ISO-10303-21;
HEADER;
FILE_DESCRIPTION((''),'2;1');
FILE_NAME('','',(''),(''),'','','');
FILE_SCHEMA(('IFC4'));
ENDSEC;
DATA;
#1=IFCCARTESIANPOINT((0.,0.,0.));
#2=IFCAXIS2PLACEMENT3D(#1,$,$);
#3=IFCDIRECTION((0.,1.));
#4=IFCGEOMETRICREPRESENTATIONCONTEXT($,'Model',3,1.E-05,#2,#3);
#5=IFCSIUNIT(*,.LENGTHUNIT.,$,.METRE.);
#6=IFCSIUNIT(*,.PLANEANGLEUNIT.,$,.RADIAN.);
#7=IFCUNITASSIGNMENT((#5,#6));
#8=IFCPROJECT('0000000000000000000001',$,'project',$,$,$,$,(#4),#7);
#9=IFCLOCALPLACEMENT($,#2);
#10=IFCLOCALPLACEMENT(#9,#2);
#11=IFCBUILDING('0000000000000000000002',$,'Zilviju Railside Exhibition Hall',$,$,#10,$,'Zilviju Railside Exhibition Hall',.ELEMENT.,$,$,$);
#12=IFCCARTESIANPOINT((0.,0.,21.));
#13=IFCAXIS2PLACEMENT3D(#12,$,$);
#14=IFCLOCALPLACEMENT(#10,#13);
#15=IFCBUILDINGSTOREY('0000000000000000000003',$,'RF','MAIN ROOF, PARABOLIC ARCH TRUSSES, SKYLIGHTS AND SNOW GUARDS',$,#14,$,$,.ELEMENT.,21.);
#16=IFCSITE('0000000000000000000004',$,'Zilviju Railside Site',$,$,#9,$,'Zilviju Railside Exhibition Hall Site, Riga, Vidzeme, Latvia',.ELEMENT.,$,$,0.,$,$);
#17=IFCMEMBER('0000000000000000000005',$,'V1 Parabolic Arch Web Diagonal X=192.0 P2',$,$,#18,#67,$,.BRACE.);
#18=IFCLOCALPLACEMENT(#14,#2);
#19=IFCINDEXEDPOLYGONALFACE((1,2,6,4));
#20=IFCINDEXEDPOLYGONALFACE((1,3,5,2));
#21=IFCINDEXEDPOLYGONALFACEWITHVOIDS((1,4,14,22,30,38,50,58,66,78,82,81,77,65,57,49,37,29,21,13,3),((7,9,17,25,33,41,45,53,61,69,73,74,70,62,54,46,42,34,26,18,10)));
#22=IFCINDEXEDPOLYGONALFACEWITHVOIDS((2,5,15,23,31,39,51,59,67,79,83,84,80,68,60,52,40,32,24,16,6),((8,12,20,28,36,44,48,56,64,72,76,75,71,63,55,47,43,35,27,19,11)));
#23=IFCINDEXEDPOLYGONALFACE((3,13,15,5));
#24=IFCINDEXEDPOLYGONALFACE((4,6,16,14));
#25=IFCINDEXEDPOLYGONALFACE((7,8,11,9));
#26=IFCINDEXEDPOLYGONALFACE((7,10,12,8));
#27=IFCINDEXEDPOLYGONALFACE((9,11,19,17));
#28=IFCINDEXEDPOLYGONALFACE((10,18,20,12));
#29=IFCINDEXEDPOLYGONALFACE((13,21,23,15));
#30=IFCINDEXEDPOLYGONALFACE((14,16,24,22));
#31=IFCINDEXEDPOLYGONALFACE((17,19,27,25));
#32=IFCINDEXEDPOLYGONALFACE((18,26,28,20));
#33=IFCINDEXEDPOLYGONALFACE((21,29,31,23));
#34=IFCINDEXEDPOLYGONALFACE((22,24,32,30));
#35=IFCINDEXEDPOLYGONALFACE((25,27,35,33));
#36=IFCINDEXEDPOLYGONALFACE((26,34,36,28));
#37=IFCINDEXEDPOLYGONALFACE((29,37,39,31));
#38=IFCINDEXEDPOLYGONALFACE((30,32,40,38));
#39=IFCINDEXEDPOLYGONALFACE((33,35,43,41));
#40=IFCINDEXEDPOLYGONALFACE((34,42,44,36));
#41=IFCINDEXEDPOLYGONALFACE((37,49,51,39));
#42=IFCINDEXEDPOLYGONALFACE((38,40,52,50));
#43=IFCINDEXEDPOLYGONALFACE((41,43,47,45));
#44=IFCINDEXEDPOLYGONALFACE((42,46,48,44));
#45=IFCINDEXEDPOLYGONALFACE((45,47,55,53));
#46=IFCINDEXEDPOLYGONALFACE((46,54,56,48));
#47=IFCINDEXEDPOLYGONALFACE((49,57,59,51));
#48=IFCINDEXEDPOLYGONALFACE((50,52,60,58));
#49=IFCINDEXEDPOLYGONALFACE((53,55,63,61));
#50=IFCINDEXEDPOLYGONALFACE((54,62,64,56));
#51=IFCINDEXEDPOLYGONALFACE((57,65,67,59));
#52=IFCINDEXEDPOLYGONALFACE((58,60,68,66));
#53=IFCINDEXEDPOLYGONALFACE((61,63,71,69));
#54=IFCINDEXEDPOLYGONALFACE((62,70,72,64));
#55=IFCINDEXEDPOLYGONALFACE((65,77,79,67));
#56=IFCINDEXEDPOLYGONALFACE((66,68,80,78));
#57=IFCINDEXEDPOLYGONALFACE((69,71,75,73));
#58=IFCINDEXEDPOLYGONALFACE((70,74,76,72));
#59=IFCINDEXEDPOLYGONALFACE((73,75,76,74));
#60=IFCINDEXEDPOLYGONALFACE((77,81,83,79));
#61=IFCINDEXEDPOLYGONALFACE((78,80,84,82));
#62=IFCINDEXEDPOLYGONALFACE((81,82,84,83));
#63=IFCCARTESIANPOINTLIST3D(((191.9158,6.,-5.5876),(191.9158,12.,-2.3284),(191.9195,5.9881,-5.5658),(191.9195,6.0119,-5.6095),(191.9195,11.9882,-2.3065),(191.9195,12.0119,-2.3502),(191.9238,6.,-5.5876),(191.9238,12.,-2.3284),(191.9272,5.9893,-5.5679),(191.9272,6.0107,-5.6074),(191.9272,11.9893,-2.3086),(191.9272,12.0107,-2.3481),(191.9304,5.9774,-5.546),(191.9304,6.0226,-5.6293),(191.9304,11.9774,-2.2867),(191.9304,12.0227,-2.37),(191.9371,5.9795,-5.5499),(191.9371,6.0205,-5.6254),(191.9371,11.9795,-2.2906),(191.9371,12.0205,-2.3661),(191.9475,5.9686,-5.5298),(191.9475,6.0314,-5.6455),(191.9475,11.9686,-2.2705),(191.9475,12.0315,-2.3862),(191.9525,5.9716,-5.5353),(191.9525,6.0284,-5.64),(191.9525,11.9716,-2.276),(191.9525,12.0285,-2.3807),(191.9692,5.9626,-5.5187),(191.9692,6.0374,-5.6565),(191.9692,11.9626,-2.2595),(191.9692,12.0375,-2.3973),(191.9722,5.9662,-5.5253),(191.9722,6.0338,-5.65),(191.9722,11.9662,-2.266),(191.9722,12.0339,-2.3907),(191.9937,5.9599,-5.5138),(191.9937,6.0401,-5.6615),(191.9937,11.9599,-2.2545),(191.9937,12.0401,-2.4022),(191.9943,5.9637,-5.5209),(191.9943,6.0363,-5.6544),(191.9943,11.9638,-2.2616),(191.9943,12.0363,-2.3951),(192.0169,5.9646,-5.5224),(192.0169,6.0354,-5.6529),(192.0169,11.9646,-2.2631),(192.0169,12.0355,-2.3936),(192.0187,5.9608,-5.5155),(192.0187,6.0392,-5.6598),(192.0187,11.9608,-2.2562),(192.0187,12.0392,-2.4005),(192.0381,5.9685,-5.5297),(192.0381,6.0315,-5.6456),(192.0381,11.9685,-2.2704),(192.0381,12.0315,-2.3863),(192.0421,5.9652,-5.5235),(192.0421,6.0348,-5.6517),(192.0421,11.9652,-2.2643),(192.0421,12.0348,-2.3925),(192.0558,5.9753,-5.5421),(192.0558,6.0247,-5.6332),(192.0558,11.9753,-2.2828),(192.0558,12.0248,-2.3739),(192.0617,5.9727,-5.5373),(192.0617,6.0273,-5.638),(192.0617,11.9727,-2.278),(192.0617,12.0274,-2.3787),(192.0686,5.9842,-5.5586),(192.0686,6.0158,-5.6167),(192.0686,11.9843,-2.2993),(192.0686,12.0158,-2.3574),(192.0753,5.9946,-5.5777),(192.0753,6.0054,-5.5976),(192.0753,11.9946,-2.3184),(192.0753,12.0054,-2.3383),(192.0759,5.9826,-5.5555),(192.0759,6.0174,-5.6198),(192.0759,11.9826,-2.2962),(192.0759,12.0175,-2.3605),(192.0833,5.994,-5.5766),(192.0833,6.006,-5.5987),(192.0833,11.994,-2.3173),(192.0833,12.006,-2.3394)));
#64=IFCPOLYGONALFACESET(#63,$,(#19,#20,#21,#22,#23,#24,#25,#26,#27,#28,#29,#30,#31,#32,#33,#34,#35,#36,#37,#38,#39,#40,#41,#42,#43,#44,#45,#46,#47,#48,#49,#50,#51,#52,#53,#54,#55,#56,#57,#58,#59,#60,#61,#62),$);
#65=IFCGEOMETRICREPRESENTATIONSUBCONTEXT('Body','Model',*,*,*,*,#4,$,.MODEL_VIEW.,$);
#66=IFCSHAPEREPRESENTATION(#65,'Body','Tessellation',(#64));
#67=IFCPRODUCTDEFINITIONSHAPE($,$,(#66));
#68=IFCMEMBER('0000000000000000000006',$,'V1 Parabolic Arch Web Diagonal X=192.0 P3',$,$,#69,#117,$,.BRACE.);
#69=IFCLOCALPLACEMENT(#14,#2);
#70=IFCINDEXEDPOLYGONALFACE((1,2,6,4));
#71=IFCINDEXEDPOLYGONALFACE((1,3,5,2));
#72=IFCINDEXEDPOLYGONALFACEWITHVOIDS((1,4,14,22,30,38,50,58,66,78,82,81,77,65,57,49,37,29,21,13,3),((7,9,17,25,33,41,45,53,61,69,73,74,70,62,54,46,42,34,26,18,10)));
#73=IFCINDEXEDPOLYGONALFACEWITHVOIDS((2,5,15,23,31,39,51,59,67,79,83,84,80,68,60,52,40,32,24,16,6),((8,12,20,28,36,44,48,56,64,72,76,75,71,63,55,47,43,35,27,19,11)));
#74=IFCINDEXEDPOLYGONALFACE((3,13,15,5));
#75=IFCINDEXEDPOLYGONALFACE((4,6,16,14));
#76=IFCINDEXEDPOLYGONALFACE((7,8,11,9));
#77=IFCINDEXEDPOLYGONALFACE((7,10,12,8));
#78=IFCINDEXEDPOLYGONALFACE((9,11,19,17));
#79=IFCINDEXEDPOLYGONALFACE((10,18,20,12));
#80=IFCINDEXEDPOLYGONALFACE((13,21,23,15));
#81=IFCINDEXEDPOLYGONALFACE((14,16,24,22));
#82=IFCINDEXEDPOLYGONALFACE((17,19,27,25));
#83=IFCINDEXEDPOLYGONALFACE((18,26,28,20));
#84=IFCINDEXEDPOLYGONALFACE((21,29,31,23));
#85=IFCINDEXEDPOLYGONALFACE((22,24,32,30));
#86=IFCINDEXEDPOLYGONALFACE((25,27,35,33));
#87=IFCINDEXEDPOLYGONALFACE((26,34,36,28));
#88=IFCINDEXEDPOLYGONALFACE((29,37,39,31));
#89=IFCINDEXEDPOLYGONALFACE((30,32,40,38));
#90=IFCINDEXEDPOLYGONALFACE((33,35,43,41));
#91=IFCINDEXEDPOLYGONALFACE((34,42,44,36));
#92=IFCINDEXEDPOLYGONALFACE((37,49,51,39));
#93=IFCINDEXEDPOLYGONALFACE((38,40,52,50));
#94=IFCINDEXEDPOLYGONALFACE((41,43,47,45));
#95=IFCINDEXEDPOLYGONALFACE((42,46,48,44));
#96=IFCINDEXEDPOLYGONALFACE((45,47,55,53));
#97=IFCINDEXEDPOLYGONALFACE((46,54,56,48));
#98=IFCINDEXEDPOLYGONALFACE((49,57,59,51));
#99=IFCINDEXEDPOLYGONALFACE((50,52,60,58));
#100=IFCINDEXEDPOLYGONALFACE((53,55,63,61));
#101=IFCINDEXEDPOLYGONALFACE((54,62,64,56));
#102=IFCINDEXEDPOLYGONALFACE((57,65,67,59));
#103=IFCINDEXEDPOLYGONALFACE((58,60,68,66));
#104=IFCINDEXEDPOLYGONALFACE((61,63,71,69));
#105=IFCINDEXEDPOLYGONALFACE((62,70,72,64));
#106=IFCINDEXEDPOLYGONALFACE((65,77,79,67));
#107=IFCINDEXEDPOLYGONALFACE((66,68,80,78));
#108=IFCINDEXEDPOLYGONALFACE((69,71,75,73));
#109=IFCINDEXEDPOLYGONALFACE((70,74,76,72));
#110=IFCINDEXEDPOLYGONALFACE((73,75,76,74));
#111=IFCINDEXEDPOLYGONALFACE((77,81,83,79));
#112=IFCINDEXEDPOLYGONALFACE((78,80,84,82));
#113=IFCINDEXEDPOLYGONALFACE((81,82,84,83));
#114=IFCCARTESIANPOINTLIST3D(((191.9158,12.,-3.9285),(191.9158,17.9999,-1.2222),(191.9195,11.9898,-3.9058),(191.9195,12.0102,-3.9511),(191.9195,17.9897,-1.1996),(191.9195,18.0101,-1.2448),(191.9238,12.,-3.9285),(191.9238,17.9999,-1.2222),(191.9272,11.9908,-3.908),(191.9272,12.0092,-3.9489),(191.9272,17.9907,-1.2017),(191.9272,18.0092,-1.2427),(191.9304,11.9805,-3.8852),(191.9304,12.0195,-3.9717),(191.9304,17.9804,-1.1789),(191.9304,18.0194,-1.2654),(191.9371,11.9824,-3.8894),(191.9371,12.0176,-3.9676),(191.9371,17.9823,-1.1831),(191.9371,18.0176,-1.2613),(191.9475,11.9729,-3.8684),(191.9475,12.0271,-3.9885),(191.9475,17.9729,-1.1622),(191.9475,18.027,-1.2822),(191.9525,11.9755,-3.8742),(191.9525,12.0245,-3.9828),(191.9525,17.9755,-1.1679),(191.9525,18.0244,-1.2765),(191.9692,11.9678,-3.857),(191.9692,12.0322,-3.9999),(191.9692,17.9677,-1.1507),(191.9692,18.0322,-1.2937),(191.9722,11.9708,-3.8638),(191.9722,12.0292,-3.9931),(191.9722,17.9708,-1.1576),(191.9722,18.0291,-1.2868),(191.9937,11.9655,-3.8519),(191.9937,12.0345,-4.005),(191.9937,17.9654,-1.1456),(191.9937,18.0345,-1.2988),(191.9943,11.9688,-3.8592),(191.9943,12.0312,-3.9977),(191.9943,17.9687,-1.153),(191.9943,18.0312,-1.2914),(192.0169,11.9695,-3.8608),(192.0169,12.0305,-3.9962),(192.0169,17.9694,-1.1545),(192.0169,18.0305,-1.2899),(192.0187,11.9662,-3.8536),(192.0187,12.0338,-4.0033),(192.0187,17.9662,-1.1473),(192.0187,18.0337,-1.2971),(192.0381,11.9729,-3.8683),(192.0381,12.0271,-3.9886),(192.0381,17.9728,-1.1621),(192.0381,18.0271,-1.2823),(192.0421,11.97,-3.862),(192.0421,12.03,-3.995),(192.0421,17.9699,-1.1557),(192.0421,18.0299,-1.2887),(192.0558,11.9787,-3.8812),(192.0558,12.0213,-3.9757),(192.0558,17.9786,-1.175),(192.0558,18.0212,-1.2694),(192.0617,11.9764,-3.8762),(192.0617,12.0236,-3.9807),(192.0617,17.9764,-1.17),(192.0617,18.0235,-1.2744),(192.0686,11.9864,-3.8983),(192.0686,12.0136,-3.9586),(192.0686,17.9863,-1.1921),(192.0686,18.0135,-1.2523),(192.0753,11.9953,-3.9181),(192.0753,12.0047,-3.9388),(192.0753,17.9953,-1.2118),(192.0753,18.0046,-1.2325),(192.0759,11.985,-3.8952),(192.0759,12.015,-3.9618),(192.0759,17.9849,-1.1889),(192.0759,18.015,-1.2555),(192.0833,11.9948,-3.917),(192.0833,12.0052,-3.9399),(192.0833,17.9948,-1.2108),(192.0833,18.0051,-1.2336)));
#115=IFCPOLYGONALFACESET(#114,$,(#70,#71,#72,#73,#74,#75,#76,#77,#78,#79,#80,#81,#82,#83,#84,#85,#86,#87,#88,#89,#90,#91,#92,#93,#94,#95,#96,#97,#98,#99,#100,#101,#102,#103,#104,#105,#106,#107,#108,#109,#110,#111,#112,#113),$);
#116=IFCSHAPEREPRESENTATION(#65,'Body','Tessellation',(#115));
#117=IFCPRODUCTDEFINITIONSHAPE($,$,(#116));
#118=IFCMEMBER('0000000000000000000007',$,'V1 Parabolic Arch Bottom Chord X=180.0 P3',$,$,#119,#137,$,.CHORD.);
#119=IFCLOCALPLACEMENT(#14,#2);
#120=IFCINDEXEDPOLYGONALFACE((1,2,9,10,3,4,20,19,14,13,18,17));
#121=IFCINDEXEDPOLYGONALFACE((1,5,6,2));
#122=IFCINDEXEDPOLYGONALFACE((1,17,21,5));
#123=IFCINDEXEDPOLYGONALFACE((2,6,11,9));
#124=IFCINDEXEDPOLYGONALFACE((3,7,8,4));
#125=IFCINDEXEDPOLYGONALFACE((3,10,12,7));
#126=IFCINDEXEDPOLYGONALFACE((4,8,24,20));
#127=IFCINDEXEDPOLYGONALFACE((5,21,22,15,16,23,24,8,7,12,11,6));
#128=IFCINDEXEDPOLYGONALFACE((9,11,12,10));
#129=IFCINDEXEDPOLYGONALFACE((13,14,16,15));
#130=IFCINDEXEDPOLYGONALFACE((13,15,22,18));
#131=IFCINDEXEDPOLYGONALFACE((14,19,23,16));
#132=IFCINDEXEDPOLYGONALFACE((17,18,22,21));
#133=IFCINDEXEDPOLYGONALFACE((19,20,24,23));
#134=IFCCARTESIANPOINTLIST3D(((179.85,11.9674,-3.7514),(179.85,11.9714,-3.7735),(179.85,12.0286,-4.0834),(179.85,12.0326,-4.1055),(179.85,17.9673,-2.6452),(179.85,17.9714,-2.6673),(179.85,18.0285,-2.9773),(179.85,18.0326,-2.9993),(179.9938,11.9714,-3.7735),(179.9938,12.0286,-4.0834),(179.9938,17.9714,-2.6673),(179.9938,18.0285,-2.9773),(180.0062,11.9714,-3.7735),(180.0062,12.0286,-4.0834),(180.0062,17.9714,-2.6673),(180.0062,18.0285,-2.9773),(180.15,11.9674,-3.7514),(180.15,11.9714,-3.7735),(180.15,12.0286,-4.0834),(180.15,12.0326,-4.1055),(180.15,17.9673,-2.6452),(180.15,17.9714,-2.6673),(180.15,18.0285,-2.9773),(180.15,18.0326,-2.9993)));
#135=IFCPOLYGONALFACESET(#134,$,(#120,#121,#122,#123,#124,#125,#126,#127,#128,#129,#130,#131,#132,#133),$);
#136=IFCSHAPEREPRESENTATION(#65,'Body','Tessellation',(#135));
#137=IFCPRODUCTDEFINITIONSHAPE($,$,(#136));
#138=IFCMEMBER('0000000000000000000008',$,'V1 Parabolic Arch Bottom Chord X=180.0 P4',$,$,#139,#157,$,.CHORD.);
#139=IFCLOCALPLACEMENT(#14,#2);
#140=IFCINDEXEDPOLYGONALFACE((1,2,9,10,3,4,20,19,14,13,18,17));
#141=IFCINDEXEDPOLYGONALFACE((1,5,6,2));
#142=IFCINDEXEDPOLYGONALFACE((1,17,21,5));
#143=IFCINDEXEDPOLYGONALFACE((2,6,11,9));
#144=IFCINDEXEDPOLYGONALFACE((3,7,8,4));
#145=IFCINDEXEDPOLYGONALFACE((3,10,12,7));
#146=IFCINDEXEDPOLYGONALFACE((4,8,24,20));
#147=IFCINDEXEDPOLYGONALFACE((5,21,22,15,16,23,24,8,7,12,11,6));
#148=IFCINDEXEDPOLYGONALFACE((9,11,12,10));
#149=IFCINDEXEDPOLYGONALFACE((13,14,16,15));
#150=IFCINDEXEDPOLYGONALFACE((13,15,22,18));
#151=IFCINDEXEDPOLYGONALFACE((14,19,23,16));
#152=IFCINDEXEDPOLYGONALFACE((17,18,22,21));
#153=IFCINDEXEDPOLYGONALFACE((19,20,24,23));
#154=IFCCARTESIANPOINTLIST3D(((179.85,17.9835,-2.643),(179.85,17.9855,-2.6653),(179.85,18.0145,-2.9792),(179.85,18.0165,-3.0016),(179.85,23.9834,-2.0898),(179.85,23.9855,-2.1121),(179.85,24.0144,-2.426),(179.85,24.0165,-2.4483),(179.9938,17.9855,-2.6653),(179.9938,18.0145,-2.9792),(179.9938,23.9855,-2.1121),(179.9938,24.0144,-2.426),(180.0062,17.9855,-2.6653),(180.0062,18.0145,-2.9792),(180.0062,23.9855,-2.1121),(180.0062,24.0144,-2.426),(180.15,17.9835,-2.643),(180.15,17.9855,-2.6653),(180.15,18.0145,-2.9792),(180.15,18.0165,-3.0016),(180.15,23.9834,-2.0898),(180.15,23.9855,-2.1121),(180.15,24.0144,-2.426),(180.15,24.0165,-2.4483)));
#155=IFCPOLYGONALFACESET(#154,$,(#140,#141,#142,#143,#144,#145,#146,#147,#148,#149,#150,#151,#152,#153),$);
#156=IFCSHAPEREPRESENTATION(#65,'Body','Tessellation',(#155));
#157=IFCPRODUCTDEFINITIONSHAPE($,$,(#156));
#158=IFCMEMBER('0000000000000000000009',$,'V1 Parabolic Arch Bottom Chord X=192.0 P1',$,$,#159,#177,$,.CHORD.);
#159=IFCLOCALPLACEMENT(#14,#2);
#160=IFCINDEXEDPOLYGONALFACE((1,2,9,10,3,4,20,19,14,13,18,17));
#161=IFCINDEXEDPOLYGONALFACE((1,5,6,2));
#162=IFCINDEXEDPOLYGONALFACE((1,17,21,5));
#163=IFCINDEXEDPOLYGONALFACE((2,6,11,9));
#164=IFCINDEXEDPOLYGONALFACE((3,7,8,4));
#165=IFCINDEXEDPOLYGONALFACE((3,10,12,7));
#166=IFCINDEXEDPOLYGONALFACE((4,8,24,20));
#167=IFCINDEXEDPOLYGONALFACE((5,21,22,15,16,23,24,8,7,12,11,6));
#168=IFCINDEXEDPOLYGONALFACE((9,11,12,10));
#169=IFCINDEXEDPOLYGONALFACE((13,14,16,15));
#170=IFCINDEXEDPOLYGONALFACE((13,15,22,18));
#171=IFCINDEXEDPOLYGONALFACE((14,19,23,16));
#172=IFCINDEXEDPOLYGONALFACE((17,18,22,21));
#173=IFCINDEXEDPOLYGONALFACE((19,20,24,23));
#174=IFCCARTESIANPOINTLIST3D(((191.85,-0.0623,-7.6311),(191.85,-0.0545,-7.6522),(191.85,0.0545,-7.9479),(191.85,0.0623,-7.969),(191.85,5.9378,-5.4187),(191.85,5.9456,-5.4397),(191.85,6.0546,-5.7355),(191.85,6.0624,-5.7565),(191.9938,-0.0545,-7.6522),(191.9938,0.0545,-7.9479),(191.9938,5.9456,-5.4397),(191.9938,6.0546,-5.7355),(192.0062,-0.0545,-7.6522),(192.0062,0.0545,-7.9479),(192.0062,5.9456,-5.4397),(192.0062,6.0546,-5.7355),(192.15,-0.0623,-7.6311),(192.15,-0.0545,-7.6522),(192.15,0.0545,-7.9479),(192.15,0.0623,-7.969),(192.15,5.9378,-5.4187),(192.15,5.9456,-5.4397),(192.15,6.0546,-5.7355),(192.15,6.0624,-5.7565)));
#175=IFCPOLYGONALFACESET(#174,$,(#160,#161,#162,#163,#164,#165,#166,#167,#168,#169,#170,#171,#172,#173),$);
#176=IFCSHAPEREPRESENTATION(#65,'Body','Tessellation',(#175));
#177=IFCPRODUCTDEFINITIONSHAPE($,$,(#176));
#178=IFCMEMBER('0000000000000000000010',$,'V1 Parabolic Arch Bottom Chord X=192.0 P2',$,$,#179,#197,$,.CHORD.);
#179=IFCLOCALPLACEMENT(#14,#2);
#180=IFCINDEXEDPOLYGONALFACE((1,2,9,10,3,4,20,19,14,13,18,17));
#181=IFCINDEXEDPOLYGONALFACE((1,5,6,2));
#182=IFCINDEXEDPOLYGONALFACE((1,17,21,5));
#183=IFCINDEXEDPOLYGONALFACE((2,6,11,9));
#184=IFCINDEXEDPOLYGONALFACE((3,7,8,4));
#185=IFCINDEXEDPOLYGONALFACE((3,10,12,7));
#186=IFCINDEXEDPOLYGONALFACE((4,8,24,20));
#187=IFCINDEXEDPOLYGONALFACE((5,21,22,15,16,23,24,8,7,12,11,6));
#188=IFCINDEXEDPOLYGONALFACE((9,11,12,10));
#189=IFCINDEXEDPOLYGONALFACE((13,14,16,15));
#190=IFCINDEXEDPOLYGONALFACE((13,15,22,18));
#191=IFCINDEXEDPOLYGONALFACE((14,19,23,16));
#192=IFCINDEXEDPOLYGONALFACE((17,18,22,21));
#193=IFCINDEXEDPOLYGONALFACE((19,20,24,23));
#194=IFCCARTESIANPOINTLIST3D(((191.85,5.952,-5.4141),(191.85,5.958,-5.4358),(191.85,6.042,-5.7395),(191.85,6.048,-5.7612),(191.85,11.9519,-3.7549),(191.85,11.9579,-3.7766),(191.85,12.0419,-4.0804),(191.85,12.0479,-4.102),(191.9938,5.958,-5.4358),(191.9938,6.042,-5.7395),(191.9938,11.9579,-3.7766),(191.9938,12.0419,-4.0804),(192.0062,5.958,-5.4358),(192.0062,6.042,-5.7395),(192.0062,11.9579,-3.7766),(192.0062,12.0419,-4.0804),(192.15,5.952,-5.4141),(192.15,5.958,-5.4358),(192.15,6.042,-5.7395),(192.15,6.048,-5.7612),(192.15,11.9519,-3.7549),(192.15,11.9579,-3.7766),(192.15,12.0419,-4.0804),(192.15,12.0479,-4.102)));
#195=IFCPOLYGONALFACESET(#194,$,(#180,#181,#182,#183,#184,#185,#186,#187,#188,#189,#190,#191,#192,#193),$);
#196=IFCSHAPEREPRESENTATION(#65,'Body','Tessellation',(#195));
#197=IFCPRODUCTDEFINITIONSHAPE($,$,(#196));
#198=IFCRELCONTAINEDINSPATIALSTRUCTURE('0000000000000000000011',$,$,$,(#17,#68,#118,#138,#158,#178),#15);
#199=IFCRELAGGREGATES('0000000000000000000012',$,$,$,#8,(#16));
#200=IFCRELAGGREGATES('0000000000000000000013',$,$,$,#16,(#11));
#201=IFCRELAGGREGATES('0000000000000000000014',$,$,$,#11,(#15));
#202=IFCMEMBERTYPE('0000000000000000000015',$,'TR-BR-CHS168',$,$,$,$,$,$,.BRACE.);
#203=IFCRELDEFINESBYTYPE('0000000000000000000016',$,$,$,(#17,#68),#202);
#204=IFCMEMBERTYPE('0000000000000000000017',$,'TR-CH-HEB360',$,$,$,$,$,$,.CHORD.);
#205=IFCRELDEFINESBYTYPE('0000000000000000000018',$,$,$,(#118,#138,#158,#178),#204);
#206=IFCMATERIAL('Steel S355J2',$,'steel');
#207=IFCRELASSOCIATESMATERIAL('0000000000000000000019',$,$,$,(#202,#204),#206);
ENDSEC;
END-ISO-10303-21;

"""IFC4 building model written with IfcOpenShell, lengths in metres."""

from ifc_helpers import new_model, si_unit, direction, frame, origin, origin_2d, place, context, subcontext, project, spatial, hollow_circle, i_section, extrude, material, material_profile, profile_set, type_object, element, save


model = new_model("IFC4")

# Units and contexts
model_context = context("Model", 3, precision=1e-05, world=origin(), true_north=direction((0.0, 1.0)))
body_context = subcontext(model_context, "Body", "Model", "MODEL_VIEW")
ifc_project = project(units=[si_unit("LENGTHUNIT", "METRE"), si_unit("PLANEANGLEUNIT", "RADIAN")], contexts=[model_context])

# Site, building, storey
site_placement = place(None, origin())
site = spatial("IfcSite", under=ifc_project, at=site_placement, Name="Zilviju Railside Site", LongName="Zilviju Railside Exhibition Hall Site, Riga, Vidzeme, Latvia", CompositionType="ELEMENT", RefElevation=0.0)
building_placement = place(site_placement, origin())
building = spatial("IfcBuilding", under=site, at=building_placement, Name="Zilviju Railside Exhibition Hall", LongName="Zilviju Railside Exhibition Hall", CompositionType="ELEMENT")
storey_placement = place(building_placement, frame((0.0, 0.0, 21.0)))
storey = spatial("IfcBuildingStorey", under=building, at=storey_placement, Name="RF", Description="MAIN ROOF, PARABOLIC ARCH TRUSSES, SKYLIGHTS AND SNOW GUARDS", CompositionType="ELEMENT", Elevation=21.0)

# Members
ifc_material_1 = material(Name="Steel S355J2", Category="steel")
ifc_material_profile_1 = material_profile(ifc_material_1, hollow_circle(Radius=0.0842, WallThickness=0.0081, at=origin_2d()), Name="CHS 168.3x8.0")
ifc_profile_set_1 = profile_set([ifc_material_profile_1], Name="Steel S355J2")
member_type_1 = type_object("IfcMemberType", Name="TR-BR-CHS168", PredefinedType="BRACE", material=ifc_profile_set_1)
member_1_placement = place(storey_placement, frame((192.0, 6.0, -5.5876), z_axis=(0.0, 0.878722, 0.477333), x_axis=(-1.0, 0.0, 0.0)))
element("IfcMember", 1, at=member_1_placement, inside=storey, type_object=member_type_1, Name="V1 Parabolic Arch Web Diagonal X=192.0 P2", PredefinedType="BRACE", context=body_context, shape_type="SweptSolid", body=[
    extrude(hollow_circle(Radius=0.0842, WallThickness=0.0081, at=origin_2d()), origin(), (0.0, 0.0, 1.0), 6.8281),
])
member_2_placement = place(storey_placement, frame((192.0, 12.0, -3.9285), z_axis=(0.0, 0.911563, 0.41116), x_axis=(-1.0, 0.0, 0.0)))
element("IfcMember", 2, at=member_2_placement, inside=storey, type_object=member_type_1, Name="V1 Parabolic Arch Web Diagonal X=192.0 P3", PredefinedType="BRACE", context=body_context, shape_type="SweptSolid", body=[
    extrude(hollow_circle(Radius=0.0842, WallThickness=0.0081, at=origin_2d()), origin(), (0.0, 0.0, 1.0), 6.582),
])
ifc_material_profile_2 = material_profile(ifc_material_1, i_section(OverallWidth=0.3, OverallDepth=0.3601, WebThickness=0.0125, FlangeThickness=0.0225, at=origin_2d()), Name="HEB 360")
ifc_profile_set_2 = profile_set([ifc_material_profile_2], Name="Steel S355J2")
member_type_2 = type_object("IfcMemberType", Name="TR-CH-HEB360", PredefinedType="CHORD", material=ifc_profile_set_2)
member_3_placement = place(storey_placement, frame((180.0, 12.0, -3.9285), z_axis=(0.0, 0.983426, 0.181311), x_axis=(-1.0, 0.0, 0.0)))
element("IfcMember", 3, at=member_3_placement, inside=storey, type_object=member_type_2, Name="V1 Parabolic Arch Bottom Chord X=180.0 P3", PredefinedType="CHORD", context=body_context, shape_type="SweptSolid", body=[
    extrude(i_section(OverallWidth=0.3, OverallDepth=0.3601, WebThickness=0.0125, FlangeThickness=0.0225, at=origin_2d()), origin(), (0.0, 0.0, 1.0), 6.1011),
])
member_4_placement = place(storey_placement, frame((180.0, 18.0, -2.8223), z_axis=(0.0, 0.995776, 0.091814), x_axis=(-1.0, 0.0, 0.0)))
element("IfcMember", 4, at=member_4_placement, inside=storey, type_object=member_type_2, Name="V1 Parabolic Arch Bottom Chord X=180.0 P4", PredefinedType="CHORD", context=body_context, shape_type="SweptSolid", body=[
    extrude(i_section(OverallWidth=0.3, OverallDepth=0.3601, WebThickness=0.0125, FlangeThickness=0.0225, at=origin_2d()), origin(), (0.0, 0.0, 1.0), 6.0254),
])
member_5_placement = place(storey_placement, frame((192.0, 0.0, -7.8), z_axis=(0.0, 0.938248, 0.345964), x_axis=(-1.0, 0.0, 0.0)))
element("IfcMember", 5, at=member_5_placement, inside=storey, type_object=member_type_2, Name="V1 Parabolic Arch Bottom Chord X=192.0 P1", PredefinedType="CHORD", context=body_context, shape_type="SweptSolid", body=[
    extrude(i_section(OverallWidth=0.3, OverallDepth=0.3601, WebThickness=0.0125, FlangeThickness=0.0225, at=origin_2d()), origin(), (0.0, 0.0, 1.0), 6.395),
])
member_6_placement = place(storey_placement, frame((192.0, 6.0, -5.5876), z_axis=(0.0, 0.963827, 0.266527), x_axis=(-1.0, 0.0, 0.0)))
element("IfcMember", 6, at=member_6_placement, inside=storey, type_object=member_type_2, Name="V1 Parabolic Arch Bottom Chord X=192.0 P2", PredefinedType="CHORD", context=body_context, shape_type="SweptSolid", body=[
    extrude(i_section(OverallWidth=0.3, OverallDepth=0.3601, WebThickness=0.0125, FlangeThickness=0.0225, at=origin_2d()), origin(), (0.0, 0.0, 1.0), 6.2251),
])

save(model, "model.ifc")
